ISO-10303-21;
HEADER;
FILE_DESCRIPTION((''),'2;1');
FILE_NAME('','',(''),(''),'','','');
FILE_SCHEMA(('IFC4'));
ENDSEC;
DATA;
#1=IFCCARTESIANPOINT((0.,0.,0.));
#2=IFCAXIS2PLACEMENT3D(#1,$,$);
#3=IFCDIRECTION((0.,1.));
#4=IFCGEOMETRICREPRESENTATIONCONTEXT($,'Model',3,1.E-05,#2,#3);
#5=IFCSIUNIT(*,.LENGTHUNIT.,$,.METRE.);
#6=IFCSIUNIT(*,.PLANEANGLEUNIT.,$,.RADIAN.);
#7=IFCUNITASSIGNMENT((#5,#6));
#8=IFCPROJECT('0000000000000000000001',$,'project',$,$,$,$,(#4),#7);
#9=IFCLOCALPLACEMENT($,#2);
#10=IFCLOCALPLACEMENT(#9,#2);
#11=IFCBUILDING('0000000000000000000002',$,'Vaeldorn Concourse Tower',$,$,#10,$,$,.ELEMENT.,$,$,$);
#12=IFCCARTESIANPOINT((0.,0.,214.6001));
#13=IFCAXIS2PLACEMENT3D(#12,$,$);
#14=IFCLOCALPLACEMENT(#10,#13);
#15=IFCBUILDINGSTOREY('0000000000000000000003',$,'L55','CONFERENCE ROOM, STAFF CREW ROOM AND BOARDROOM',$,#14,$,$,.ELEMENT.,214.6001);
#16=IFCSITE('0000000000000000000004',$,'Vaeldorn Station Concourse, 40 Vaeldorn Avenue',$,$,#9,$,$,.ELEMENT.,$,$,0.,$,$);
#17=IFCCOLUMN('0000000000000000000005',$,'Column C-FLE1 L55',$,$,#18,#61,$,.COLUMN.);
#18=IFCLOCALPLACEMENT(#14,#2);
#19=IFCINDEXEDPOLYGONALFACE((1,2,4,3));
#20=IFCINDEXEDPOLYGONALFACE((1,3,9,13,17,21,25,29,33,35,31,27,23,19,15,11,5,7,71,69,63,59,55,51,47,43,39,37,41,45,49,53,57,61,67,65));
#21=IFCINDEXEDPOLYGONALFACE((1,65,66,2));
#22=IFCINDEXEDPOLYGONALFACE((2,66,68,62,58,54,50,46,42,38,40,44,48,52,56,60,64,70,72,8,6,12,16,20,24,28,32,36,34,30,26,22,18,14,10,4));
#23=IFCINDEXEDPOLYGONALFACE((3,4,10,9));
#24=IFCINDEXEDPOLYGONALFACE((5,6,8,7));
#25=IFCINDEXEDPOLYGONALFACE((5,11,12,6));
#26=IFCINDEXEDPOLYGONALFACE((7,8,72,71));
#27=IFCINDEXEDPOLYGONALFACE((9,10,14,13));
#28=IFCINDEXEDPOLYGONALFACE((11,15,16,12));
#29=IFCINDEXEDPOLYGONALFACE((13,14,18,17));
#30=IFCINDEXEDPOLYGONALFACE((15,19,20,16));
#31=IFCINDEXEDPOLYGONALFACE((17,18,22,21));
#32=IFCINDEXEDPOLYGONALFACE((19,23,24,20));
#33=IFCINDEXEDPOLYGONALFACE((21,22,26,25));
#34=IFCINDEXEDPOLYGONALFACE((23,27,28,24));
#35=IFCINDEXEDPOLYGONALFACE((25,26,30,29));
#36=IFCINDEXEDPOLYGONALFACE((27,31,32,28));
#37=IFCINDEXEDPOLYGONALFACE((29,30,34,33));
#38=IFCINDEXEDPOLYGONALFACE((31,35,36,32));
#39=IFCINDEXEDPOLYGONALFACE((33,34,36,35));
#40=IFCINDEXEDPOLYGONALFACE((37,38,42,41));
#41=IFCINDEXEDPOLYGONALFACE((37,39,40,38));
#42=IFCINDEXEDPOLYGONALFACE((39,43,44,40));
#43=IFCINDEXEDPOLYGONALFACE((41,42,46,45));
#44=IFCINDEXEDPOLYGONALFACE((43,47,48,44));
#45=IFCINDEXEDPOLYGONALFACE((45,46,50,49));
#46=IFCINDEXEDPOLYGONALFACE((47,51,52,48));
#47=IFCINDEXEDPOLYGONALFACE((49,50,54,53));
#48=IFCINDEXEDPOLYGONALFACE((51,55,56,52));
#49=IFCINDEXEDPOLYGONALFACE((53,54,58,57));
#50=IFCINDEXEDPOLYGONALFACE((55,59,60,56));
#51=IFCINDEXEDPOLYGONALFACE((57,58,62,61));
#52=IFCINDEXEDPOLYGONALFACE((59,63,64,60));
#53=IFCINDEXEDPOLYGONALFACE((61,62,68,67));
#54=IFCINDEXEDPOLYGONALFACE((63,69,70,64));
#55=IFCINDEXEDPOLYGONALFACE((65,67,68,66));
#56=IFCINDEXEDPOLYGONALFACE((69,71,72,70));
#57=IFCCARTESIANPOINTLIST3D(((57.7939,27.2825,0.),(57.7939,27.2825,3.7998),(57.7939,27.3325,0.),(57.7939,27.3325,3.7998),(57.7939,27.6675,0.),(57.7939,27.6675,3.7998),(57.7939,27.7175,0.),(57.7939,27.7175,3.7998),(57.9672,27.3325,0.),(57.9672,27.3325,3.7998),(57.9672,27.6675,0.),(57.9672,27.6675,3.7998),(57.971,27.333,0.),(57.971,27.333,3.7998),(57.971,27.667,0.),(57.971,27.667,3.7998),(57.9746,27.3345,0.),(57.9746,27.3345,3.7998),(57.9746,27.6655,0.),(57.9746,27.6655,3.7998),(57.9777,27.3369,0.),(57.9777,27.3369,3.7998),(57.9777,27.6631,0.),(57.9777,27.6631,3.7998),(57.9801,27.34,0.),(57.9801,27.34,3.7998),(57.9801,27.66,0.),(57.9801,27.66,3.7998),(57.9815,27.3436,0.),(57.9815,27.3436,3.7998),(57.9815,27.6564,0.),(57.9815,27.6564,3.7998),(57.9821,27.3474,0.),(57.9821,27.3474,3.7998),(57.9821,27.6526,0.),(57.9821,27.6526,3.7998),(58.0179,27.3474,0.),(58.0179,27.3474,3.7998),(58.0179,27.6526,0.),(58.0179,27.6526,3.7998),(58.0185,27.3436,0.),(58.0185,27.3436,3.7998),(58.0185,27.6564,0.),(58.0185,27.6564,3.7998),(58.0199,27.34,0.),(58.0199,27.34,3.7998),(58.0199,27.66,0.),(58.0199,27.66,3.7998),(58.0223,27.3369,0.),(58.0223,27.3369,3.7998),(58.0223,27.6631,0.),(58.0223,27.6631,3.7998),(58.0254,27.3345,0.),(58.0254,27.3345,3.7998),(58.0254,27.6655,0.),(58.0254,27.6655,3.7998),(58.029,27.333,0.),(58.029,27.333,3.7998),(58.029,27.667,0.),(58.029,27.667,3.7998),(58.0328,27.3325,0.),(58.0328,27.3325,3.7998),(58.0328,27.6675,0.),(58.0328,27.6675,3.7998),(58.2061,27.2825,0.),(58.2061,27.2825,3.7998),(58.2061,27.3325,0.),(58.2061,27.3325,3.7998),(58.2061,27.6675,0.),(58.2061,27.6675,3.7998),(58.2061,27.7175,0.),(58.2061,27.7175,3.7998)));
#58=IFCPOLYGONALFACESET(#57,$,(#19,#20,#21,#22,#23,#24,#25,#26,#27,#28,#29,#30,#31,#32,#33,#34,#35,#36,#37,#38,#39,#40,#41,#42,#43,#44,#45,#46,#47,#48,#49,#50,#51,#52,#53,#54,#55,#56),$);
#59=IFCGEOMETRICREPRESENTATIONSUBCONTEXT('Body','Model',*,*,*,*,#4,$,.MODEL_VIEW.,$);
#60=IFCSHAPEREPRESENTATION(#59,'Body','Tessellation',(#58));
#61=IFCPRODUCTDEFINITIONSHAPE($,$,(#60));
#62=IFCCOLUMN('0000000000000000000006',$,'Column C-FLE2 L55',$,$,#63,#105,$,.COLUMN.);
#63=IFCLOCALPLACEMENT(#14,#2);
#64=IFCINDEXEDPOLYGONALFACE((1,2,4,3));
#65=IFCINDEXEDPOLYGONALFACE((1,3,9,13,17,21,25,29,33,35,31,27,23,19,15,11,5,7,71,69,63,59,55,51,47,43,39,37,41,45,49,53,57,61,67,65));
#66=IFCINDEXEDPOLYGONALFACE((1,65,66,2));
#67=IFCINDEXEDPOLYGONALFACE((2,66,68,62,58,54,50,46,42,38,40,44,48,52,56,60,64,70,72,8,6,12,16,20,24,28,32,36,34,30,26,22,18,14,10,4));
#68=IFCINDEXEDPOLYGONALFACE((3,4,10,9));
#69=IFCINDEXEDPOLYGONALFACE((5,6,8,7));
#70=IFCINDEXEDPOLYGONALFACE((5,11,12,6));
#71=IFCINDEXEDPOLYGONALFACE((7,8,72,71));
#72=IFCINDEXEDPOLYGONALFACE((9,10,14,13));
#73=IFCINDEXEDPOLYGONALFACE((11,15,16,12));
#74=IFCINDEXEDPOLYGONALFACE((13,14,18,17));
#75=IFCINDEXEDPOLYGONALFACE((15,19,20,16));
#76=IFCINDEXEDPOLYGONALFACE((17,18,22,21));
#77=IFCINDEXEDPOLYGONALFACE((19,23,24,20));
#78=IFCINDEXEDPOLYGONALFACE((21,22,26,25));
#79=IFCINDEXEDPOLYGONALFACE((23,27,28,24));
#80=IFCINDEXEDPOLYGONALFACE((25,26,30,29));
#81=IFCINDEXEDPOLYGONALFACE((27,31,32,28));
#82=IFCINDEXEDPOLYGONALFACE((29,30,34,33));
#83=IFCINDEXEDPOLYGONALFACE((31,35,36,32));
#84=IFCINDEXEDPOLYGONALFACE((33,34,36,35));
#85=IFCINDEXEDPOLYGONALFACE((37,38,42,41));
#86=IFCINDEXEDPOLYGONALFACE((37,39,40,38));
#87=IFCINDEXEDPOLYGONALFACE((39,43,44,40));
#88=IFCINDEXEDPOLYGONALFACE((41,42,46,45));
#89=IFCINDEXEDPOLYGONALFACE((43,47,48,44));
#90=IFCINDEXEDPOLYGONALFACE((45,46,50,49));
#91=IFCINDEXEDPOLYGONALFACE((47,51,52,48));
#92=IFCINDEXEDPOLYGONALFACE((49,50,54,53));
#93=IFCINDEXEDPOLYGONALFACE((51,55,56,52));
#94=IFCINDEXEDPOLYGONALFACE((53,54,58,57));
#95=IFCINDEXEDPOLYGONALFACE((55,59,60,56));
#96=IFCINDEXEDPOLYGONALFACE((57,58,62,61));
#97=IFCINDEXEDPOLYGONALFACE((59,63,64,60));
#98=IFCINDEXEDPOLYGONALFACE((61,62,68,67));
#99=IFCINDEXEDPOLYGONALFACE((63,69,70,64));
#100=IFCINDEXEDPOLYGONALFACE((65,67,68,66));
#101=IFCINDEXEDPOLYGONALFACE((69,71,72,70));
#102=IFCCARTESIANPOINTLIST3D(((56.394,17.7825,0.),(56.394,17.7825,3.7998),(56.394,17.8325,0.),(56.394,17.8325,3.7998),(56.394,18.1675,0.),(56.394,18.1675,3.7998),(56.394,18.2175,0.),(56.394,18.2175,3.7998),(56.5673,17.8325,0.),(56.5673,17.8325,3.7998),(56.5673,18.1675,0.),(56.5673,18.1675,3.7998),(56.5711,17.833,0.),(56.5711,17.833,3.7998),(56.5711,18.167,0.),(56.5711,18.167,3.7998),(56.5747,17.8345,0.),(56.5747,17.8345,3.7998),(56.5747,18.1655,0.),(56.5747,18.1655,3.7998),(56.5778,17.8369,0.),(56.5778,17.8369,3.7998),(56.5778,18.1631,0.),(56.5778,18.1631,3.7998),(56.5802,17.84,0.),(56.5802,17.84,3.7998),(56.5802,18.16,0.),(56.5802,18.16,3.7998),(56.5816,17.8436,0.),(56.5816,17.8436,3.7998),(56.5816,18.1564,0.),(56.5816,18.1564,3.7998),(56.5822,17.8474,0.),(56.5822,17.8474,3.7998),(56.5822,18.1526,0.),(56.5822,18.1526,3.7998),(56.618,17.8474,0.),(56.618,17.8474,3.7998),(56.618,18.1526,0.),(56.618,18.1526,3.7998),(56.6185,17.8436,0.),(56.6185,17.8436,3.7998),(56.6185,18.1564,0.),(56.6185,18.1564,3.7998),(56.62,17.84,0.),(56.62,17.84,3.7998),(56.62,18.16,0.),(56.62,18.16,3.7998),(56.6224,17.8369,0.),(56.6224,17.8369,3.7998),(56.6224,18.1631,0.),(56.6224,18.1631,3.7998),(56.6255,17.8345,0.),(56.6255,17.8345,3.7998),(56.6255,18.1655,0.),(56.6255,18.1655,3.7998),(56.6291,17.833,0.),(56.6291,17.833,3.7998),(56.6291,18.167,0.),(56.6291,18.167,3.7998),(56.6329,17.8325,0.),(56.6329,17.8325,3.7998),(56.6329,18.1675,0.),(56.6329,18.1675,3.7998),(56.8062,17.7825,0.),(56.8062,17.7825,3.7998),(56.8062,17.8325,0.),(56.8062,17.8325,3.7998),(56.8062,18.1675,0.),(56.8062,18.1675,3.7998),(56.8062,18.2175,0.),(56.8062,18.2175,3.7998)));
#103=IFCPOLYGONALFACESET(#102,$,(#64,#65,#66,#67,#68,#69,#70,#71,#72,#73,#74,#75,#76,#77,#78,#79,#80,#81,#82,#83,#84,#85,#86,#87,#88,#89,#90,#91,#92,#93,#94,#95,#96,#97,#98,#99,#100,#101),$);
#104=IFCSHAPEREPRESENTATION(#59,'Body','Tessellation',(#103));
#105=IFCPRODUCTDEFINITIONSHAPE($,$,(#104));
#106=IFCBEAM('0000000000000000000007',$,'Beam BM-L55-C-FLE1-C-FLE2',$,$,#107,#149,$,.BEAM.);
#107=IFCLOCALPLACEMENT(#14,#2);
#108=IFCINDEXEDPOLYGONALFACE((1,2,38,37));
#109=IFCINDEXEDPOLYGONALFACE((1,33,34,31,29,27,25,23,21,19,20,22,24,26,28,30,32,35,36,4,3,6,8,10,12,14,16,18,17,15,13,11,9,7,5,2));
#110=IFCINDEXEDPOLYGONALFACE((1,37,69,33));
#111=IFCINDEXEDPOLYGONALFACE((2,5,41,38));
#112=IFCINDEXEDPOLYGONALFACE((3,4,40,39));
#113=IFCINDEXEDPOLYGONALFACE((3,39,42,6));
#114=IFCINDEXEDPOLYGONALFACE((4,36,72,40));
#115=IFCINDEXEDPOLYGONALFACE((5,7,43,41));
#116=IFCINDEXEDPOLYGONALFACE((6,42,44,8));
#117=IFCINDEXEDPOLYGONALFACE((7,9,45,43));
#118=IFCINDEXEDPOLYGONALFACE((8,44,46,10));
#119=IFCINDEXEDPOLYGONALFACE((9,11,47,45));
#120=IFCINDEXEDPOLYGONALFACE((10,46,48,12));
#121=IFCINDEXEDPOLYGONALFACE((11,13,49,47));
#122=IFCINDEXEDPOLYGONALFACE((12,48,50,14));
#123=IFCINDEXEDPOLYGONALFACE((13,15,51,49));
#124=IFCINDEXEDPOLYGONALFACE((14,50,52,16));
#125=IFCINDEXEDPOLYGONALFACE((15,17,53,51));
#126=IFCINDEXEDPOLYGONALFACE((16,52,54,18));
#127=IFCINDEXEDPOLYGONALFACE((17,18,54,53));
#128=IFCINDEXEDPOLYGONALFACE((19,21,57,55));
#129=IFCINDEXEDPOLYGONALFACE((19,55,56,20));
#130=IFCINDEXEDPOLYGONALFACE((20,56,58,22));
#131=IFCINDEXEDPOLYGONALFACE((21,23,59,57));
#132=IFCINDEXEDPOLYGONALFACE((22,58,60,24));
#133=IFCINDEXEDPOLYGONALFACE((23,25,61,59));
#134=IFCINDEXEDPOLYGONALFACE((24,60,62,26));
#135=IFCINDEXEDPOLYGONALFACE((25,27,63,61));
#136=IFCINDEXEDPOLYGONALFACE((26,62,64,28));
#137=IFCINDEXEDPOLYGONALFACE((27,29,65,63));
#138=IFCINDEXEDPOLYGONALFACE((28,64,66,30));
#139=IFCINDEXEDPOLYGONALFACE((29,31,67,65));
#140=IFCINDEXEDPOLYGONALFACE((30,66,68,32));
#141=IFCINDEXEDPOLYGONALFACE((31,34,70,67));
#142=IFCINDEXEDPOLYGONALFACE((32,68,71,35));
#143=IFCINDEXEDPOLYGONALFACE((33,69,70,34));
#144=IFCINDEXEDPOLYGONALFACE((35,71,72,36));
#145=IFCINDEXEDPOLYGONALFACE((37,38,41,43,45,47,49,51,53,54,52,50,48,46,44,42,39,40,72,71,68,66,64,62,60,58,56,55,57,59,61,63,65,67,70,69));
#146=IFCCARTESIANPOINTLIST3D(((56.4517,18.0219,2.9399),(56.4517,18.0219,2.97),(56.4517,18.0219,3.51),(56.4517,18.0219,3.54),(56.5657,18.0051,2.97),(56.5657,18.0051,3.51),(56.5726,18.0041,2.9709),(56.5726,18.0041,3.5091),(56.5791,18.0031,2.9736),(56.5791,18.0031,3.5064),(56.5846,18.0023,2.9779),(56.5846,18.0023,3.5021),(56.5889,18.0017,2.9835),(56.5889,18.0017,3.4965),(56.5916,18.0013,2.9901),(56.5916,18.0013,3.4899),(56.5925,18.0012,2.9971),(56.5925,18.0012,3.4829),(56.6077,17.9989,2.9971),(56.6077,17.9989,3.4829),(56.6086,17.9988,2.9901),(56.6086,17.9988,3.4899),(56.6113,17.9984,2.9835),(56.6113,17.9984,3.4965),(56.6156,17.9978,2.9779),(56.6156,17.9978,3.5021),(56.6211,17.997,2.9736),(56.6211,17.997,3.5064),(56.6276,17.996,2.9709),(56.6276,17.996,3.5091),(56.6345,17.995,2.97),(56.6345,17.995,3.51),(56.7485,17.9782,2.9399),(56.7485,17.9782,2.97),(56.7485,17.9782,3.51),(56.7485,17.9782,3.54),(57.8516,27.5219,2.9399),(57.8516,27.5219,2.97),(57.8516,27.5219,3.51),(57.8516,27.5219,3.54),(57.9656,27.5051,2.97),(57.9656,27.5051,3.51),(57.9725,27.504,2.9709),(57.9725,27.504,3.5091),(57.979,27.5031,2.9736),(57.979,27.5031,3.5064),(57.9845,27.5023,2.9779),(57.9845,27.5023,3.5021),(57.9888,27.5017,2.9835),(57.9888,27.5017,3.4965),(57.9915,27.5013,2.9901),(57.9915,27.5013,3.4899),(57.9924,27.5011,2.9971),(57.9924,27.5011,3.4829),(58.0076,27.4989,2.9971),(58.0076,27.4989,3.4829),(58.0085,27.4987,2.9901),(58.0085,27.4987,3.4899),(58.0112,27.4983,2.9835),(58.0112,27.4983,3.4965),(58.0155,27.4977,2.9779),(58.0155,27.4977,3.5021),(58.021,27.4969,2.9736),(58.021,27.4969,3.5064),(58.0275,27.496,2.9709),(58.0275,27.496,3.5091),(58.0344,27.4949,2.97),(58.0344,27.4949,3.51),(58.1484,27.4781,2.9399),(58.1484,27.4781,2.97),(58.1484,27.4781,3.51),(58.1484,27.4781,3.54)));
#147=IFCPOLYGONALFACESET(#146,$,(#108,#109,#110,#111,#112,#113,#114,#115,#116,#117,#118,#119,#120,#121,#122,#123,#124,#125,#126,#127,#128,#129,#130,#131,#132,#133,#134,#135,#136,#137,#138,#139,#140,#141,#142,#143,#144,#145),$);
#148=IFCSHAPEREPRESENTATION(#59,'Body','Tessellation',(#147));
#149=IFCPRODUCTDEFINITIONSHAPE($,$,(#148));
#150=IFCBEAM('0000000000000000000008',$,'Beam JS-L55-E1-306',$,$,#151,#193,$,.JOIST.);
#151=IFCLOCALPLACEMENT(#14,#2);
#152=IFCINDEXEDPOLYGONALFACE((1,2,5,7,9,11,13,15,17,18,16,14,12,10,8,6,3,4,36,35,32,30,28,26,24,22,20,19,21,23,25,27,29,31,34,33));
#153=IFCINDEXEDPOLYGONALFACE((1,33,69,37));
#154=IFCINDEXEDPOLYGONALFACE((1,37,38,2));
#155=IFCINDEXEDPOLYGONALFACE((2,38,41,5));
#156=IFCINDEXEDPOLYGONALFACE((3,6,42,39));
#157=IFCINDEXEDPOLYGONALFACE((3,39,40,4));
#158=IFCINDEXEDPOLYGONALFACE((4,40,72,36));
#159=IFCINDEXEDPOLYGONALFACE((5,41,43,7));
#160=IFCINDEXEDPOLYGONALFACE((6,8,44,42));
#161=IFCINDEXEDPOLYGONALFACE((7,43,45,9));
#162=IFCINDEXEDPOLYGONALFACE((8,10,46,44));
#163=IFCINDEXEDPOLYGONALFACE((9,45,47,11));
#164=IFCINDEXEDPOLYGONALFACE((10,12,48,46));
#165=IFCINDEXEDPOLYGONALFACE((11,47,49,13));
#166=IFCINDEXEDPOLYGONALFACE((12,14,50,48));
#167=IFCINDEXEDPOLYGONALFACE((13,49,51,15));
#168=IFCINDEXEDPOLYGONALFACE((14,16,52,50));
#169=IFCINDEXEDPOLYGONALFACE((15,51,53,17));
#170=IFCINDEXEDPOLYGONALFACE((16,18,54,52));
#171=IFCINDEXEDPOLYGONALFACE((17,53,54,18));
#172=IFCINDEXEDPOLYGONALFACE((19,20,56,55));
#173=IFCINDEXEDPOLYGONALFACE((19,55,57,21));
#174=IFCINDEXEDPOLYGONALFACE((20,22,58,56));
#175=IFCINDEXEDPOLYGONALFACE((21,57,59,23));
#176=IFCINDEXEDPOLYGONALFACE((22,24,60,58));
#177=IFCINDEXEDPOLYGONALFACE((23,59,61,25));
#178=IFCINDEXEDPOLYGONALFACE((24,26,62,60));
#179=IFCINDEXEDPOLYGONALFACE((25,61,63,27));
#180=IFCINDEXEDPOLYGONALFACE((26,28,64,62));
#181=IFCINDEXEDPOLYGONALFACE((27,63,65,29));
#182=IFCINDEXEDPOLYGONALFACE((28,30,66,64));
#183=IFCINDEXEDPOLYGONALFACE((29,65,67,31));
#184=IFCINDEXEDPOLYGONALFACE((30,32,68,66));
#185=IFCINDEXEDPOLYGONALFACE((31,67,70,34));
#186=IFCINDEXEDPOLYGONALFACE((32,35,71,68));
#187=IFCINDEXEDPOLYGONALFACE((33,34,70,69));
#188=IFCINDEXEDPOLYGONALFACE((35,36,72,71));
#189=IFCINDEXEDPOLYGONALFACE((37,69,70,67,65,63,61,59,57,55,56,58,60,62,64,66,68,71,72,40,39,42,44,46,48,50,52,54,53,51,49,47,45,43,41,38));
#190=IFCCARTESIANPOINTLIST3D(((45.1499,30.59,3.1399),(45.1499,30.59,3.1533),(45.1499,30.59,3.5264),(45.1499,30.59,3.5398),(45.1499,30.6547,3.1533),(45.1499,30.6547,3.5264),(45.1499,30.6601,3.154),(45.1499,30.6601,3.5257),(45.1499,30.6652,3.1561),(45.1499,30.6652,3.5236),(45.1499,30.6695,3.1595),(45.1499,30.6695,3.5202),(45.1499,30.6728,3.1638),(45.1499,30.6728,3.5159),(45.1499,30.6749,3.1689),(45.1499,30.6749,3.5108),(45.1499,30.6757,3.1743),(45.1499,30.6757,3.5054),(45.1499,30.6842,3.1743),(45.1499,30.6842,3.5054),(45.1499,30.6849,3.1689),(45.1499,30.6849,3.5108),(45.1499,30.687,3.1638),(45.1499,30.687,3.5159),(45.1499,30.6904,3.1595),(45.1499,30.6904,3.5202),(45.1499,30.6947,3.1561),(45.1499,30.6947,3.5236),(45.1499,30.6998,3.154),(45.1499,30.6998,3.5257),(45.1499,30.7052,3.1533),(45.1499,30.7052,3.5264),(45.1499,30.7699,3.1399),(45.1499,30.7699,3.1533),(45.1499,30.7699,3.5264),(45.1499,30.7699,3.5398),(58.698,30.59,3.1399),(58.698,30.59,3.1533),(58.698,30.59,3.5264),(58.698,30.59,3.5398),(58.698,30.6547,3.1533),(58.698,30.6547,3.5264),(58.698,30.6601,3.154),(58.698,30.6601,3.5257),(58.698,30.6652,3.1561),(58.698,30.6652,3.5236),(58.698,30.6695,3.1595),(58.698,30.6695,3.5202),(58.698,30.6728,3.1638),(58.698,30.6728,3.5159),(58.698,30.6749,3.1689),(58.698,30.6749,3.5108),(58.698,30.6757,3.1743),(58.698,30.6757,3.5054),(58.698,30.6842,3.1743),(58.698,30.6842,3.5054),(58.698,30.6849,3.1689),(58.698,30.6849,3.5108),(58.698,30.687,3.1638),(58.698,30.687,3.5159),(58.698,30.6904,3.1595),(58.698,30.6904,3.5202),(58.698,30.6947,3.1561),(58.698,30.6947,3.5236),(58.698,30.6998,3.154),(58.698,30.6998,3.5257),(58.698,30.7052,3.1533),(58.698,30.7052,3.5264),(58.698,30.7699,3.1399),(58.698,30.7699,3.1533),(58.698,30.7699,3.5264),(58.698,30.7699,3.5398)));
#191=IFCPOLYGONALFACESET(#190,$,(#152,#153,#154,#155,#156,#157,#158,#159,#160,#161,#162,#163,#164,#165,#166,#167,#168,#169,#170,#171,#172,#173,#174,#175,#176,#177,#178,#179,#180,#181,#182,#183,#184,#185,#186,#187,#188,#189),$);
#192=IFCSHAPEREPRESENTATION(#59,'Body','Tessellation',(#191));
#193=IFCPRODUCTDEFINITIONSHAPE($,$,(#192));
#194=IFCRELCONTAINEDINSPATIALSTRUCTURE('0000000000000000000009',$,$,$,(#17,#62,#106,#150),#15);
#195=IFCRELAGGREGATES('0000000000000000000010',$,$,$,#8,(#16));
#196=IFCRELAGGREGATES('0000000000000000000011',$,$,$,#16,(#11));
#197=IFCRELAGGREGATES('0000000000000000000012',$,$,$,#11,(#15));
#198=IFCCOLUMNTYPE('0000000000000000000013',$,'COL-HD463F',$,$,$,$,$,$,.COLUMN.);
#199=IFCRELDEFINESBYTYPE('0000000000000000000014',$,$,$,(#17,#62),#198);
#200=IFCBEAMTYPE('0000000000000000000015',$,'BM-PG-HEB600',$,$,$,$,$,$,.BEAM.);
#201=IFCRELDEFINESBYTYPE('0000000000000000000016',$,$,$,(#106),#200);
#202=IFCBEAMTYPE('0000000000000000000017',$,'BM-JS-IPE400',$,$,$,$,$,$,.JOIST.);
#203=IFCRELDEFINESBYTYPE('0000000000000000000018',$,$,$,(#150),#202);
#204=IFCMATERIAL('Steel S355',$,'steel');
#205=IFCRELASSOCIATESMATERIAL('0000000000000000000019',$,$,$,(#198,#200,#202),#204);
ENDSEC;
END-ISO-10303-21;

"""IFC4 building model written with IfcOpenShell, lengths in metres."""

from ifc_helpers import new_model, si_unit, direction, frame, origin, origin_2d, place, context, subcontext, project, spatial, i_section, extrude, source, transform, mapped, material, material_profile, profile_set, type_object, element, save


model = new_model("IFC4")

# Units and contexts
model_context = context("Model", 3, precision=1e-05, world=origin(), true_north=direction((0.0, 1.0)))
body_context = subcontext(model_context, "Body", "Model", "MODEL_VIEW")
ifc_project = project(units=[si_unit("LENGTHUNIT", "METRE"), si_unit("PLANEANGLEUNIT", "RADIAN")], contexts=[model_context])

# Site, building, storey
site_placement = place(None, origin())
site = spatial("IfcSite", under=ifc_project, at=site_placement, Name="Vaeldorn Station Concourse, 40 Vaeldorn Avenue", CompositionType="ELEMENT", RefElevation=0.0)
building_placement = place(site_placement, origin())
building = spatial("IfcBuilding", under=site, at=building_placement, Name="Vaeldorn Concourse Tower", CompositionType="ELEMENT")
storey_placement = place(building_placement, frame((0.0, 0.0, 214.6001)))
storey = spatial("IfcBuildingStorey", under=building, at=storey_placement, Name="L55", Description="CONFERENCE ROOM, STAFF CREW ROOM AND BOARDROOM", CompositionType="ELEMENT", Elevation=214.6001)

# Columns
ifc_material_1 = material(Name="Steel S355", Category="steel")
ifc_material_profile_1 = material_profile(ifc_material_1, i_section(OverallWidth=0.4121, OverallDepth=0.4351, WebThickness=0.0359, FlangeThickness=0.05, FilletRadius=0.0149, at=origin_2d()), Name="HD 400x463")
ifc_profile_set_1 = profile_set([ifc_material_profile_1], Name="Steel S355")
column_type = type_object("IfcColumnType", Name="COL-HD463F", PredefinedType="COLUMN", material=ifc_profile_set_1)
shared_shape_1 = source(origin(), body_context, "Body", "SweptSolid", [
    extrude(i_section(OverallWidth=0.4121, OverallDepth=0.4351, WebThickness=0.0359, FlangeThickness=0.05, FilletRadius=0.0149, at=origin_2d()), origin(), (0.0, 0.0, 1.0), 3.7998),
])
for number, where, z_axis, x_axis, name in (
    (1, (58.0, 27.5, 0.0), (0.0, 0.0, 1.0), (1.0, 0.0, 0.0), "Column C-FLE1 L55"),
    (2, (56.6001, 18.0, 0.0), (0.0, 0.0, 1.0), (1.0, 0.0, 0.0), "Column C-FLE2 L55"),
):
    element("IfcColumn", number, at=place(storey_placement, frame(where, z_axis=z_axis, x_axis=x_axis)), inside=storey, type_object=column_type, Name=name, PredefinedType="COLUMN", context=body_context, shape_type="MappedRepresentation", body=[
        mapped(shared_shape_1, transform((0.0, 0.0, 0.0), scale=1.0)),
    ])

# Beams
ifc_material_profile_2 = material_profile(ifc_material_1, i_section(OverallWidth=0.3, OverallDepth=0.6001, WebThickness=0.0154, FlangeThickness=0.03, FilletRadius=0.0271, at=origin_2d()), Name="HEB 600")
ifc_profile_set_2 = profile_set([ifc_material_profile_2], Name="Steel S355")
beam_type_1 = type_object("IfcBeamType", Name="BM-PG-HEB600", PredefinedType="BEAM", material=ifc_profile_set_2)
shared_shape_2 = source(origin(), body_context, "Body", "SweptSolid", [
    extrude(i_section(OverallWidth=0.3, OverallDepth=0.6001, WebThickness=0.0154, FlangeThickness=0.03, FilletRadius=0.0271, at=origin_2d()), origin(), (0.0, 0.0, 1.0), 9.6025),
])
beam_1_placement = place(storey_placement, frame((58.0, 27.5, 3.24), z_axis=(-0.145784, -0.989316, 0.0), x_axis=(0.989316, -0.145784, 0.0)))
element("IfcBeam", 3, at=beam_1_placement, inside=storey, type_object=beam_type_1, Name="Beam BM-L55-C-FLE1-C-FLE2", PredefinedType="BEAM", context=body_context, shape_type="MappedRepresentation", body=[
    mapped(shared_shape_2, transform((0.0, 0.0, 0.0), scale=1.0)),
])
ifc_material_profile_3 = material_profile(ifc_material_1, i_section(OverallWidth=0.1799, OverallDepth=0.3999, WebThickness=0.0085, FlangeThickness=0.0134, FilletRadius=0.021, at=origin_2d()), Name="IPE 400")
ifc_profile_set_3 = profile_set([ifc_material_profile_3], Name="Steel S355")
beam_type_2 = type_object("IfcBeamType", Name="BM-JS-IPE400", PredefinedType="JOIST", material=ifc_profile_set_3)
shared_shape_3 = source(origin(), body_context, "Body", "SweptSolid", [
    extrude(i_section(OverallWidth=0.1799, OverallDepth=0.3999, WebThickness=0.0085, FlangeThickness=0.0134, FilletRadius=0.021, at=origin_2d()), origin(), (0.0, 0.0, 1.0), 13.5481),
])
beam_2_placement = place(storey_placement, frame((45.1499, 30.6799, 3.3398), z_axis=(1.0, 0.0, 0.0), x_axis=(0.0, 1.0, 0.0)))
element("IfcBeam", 4, at=beam_2_placement, inside=storey, type_object=beam_type_2, Name="Beam JS-L55-E1-306", PredefinedType="JOIST", context=body_context, shape_type="MappedRepresentation", body=[
    mapped(shared_shape_3, transform((0.0, 0.0, 0.0), scale=1.0)),
])

save(model, "model.ifc")
